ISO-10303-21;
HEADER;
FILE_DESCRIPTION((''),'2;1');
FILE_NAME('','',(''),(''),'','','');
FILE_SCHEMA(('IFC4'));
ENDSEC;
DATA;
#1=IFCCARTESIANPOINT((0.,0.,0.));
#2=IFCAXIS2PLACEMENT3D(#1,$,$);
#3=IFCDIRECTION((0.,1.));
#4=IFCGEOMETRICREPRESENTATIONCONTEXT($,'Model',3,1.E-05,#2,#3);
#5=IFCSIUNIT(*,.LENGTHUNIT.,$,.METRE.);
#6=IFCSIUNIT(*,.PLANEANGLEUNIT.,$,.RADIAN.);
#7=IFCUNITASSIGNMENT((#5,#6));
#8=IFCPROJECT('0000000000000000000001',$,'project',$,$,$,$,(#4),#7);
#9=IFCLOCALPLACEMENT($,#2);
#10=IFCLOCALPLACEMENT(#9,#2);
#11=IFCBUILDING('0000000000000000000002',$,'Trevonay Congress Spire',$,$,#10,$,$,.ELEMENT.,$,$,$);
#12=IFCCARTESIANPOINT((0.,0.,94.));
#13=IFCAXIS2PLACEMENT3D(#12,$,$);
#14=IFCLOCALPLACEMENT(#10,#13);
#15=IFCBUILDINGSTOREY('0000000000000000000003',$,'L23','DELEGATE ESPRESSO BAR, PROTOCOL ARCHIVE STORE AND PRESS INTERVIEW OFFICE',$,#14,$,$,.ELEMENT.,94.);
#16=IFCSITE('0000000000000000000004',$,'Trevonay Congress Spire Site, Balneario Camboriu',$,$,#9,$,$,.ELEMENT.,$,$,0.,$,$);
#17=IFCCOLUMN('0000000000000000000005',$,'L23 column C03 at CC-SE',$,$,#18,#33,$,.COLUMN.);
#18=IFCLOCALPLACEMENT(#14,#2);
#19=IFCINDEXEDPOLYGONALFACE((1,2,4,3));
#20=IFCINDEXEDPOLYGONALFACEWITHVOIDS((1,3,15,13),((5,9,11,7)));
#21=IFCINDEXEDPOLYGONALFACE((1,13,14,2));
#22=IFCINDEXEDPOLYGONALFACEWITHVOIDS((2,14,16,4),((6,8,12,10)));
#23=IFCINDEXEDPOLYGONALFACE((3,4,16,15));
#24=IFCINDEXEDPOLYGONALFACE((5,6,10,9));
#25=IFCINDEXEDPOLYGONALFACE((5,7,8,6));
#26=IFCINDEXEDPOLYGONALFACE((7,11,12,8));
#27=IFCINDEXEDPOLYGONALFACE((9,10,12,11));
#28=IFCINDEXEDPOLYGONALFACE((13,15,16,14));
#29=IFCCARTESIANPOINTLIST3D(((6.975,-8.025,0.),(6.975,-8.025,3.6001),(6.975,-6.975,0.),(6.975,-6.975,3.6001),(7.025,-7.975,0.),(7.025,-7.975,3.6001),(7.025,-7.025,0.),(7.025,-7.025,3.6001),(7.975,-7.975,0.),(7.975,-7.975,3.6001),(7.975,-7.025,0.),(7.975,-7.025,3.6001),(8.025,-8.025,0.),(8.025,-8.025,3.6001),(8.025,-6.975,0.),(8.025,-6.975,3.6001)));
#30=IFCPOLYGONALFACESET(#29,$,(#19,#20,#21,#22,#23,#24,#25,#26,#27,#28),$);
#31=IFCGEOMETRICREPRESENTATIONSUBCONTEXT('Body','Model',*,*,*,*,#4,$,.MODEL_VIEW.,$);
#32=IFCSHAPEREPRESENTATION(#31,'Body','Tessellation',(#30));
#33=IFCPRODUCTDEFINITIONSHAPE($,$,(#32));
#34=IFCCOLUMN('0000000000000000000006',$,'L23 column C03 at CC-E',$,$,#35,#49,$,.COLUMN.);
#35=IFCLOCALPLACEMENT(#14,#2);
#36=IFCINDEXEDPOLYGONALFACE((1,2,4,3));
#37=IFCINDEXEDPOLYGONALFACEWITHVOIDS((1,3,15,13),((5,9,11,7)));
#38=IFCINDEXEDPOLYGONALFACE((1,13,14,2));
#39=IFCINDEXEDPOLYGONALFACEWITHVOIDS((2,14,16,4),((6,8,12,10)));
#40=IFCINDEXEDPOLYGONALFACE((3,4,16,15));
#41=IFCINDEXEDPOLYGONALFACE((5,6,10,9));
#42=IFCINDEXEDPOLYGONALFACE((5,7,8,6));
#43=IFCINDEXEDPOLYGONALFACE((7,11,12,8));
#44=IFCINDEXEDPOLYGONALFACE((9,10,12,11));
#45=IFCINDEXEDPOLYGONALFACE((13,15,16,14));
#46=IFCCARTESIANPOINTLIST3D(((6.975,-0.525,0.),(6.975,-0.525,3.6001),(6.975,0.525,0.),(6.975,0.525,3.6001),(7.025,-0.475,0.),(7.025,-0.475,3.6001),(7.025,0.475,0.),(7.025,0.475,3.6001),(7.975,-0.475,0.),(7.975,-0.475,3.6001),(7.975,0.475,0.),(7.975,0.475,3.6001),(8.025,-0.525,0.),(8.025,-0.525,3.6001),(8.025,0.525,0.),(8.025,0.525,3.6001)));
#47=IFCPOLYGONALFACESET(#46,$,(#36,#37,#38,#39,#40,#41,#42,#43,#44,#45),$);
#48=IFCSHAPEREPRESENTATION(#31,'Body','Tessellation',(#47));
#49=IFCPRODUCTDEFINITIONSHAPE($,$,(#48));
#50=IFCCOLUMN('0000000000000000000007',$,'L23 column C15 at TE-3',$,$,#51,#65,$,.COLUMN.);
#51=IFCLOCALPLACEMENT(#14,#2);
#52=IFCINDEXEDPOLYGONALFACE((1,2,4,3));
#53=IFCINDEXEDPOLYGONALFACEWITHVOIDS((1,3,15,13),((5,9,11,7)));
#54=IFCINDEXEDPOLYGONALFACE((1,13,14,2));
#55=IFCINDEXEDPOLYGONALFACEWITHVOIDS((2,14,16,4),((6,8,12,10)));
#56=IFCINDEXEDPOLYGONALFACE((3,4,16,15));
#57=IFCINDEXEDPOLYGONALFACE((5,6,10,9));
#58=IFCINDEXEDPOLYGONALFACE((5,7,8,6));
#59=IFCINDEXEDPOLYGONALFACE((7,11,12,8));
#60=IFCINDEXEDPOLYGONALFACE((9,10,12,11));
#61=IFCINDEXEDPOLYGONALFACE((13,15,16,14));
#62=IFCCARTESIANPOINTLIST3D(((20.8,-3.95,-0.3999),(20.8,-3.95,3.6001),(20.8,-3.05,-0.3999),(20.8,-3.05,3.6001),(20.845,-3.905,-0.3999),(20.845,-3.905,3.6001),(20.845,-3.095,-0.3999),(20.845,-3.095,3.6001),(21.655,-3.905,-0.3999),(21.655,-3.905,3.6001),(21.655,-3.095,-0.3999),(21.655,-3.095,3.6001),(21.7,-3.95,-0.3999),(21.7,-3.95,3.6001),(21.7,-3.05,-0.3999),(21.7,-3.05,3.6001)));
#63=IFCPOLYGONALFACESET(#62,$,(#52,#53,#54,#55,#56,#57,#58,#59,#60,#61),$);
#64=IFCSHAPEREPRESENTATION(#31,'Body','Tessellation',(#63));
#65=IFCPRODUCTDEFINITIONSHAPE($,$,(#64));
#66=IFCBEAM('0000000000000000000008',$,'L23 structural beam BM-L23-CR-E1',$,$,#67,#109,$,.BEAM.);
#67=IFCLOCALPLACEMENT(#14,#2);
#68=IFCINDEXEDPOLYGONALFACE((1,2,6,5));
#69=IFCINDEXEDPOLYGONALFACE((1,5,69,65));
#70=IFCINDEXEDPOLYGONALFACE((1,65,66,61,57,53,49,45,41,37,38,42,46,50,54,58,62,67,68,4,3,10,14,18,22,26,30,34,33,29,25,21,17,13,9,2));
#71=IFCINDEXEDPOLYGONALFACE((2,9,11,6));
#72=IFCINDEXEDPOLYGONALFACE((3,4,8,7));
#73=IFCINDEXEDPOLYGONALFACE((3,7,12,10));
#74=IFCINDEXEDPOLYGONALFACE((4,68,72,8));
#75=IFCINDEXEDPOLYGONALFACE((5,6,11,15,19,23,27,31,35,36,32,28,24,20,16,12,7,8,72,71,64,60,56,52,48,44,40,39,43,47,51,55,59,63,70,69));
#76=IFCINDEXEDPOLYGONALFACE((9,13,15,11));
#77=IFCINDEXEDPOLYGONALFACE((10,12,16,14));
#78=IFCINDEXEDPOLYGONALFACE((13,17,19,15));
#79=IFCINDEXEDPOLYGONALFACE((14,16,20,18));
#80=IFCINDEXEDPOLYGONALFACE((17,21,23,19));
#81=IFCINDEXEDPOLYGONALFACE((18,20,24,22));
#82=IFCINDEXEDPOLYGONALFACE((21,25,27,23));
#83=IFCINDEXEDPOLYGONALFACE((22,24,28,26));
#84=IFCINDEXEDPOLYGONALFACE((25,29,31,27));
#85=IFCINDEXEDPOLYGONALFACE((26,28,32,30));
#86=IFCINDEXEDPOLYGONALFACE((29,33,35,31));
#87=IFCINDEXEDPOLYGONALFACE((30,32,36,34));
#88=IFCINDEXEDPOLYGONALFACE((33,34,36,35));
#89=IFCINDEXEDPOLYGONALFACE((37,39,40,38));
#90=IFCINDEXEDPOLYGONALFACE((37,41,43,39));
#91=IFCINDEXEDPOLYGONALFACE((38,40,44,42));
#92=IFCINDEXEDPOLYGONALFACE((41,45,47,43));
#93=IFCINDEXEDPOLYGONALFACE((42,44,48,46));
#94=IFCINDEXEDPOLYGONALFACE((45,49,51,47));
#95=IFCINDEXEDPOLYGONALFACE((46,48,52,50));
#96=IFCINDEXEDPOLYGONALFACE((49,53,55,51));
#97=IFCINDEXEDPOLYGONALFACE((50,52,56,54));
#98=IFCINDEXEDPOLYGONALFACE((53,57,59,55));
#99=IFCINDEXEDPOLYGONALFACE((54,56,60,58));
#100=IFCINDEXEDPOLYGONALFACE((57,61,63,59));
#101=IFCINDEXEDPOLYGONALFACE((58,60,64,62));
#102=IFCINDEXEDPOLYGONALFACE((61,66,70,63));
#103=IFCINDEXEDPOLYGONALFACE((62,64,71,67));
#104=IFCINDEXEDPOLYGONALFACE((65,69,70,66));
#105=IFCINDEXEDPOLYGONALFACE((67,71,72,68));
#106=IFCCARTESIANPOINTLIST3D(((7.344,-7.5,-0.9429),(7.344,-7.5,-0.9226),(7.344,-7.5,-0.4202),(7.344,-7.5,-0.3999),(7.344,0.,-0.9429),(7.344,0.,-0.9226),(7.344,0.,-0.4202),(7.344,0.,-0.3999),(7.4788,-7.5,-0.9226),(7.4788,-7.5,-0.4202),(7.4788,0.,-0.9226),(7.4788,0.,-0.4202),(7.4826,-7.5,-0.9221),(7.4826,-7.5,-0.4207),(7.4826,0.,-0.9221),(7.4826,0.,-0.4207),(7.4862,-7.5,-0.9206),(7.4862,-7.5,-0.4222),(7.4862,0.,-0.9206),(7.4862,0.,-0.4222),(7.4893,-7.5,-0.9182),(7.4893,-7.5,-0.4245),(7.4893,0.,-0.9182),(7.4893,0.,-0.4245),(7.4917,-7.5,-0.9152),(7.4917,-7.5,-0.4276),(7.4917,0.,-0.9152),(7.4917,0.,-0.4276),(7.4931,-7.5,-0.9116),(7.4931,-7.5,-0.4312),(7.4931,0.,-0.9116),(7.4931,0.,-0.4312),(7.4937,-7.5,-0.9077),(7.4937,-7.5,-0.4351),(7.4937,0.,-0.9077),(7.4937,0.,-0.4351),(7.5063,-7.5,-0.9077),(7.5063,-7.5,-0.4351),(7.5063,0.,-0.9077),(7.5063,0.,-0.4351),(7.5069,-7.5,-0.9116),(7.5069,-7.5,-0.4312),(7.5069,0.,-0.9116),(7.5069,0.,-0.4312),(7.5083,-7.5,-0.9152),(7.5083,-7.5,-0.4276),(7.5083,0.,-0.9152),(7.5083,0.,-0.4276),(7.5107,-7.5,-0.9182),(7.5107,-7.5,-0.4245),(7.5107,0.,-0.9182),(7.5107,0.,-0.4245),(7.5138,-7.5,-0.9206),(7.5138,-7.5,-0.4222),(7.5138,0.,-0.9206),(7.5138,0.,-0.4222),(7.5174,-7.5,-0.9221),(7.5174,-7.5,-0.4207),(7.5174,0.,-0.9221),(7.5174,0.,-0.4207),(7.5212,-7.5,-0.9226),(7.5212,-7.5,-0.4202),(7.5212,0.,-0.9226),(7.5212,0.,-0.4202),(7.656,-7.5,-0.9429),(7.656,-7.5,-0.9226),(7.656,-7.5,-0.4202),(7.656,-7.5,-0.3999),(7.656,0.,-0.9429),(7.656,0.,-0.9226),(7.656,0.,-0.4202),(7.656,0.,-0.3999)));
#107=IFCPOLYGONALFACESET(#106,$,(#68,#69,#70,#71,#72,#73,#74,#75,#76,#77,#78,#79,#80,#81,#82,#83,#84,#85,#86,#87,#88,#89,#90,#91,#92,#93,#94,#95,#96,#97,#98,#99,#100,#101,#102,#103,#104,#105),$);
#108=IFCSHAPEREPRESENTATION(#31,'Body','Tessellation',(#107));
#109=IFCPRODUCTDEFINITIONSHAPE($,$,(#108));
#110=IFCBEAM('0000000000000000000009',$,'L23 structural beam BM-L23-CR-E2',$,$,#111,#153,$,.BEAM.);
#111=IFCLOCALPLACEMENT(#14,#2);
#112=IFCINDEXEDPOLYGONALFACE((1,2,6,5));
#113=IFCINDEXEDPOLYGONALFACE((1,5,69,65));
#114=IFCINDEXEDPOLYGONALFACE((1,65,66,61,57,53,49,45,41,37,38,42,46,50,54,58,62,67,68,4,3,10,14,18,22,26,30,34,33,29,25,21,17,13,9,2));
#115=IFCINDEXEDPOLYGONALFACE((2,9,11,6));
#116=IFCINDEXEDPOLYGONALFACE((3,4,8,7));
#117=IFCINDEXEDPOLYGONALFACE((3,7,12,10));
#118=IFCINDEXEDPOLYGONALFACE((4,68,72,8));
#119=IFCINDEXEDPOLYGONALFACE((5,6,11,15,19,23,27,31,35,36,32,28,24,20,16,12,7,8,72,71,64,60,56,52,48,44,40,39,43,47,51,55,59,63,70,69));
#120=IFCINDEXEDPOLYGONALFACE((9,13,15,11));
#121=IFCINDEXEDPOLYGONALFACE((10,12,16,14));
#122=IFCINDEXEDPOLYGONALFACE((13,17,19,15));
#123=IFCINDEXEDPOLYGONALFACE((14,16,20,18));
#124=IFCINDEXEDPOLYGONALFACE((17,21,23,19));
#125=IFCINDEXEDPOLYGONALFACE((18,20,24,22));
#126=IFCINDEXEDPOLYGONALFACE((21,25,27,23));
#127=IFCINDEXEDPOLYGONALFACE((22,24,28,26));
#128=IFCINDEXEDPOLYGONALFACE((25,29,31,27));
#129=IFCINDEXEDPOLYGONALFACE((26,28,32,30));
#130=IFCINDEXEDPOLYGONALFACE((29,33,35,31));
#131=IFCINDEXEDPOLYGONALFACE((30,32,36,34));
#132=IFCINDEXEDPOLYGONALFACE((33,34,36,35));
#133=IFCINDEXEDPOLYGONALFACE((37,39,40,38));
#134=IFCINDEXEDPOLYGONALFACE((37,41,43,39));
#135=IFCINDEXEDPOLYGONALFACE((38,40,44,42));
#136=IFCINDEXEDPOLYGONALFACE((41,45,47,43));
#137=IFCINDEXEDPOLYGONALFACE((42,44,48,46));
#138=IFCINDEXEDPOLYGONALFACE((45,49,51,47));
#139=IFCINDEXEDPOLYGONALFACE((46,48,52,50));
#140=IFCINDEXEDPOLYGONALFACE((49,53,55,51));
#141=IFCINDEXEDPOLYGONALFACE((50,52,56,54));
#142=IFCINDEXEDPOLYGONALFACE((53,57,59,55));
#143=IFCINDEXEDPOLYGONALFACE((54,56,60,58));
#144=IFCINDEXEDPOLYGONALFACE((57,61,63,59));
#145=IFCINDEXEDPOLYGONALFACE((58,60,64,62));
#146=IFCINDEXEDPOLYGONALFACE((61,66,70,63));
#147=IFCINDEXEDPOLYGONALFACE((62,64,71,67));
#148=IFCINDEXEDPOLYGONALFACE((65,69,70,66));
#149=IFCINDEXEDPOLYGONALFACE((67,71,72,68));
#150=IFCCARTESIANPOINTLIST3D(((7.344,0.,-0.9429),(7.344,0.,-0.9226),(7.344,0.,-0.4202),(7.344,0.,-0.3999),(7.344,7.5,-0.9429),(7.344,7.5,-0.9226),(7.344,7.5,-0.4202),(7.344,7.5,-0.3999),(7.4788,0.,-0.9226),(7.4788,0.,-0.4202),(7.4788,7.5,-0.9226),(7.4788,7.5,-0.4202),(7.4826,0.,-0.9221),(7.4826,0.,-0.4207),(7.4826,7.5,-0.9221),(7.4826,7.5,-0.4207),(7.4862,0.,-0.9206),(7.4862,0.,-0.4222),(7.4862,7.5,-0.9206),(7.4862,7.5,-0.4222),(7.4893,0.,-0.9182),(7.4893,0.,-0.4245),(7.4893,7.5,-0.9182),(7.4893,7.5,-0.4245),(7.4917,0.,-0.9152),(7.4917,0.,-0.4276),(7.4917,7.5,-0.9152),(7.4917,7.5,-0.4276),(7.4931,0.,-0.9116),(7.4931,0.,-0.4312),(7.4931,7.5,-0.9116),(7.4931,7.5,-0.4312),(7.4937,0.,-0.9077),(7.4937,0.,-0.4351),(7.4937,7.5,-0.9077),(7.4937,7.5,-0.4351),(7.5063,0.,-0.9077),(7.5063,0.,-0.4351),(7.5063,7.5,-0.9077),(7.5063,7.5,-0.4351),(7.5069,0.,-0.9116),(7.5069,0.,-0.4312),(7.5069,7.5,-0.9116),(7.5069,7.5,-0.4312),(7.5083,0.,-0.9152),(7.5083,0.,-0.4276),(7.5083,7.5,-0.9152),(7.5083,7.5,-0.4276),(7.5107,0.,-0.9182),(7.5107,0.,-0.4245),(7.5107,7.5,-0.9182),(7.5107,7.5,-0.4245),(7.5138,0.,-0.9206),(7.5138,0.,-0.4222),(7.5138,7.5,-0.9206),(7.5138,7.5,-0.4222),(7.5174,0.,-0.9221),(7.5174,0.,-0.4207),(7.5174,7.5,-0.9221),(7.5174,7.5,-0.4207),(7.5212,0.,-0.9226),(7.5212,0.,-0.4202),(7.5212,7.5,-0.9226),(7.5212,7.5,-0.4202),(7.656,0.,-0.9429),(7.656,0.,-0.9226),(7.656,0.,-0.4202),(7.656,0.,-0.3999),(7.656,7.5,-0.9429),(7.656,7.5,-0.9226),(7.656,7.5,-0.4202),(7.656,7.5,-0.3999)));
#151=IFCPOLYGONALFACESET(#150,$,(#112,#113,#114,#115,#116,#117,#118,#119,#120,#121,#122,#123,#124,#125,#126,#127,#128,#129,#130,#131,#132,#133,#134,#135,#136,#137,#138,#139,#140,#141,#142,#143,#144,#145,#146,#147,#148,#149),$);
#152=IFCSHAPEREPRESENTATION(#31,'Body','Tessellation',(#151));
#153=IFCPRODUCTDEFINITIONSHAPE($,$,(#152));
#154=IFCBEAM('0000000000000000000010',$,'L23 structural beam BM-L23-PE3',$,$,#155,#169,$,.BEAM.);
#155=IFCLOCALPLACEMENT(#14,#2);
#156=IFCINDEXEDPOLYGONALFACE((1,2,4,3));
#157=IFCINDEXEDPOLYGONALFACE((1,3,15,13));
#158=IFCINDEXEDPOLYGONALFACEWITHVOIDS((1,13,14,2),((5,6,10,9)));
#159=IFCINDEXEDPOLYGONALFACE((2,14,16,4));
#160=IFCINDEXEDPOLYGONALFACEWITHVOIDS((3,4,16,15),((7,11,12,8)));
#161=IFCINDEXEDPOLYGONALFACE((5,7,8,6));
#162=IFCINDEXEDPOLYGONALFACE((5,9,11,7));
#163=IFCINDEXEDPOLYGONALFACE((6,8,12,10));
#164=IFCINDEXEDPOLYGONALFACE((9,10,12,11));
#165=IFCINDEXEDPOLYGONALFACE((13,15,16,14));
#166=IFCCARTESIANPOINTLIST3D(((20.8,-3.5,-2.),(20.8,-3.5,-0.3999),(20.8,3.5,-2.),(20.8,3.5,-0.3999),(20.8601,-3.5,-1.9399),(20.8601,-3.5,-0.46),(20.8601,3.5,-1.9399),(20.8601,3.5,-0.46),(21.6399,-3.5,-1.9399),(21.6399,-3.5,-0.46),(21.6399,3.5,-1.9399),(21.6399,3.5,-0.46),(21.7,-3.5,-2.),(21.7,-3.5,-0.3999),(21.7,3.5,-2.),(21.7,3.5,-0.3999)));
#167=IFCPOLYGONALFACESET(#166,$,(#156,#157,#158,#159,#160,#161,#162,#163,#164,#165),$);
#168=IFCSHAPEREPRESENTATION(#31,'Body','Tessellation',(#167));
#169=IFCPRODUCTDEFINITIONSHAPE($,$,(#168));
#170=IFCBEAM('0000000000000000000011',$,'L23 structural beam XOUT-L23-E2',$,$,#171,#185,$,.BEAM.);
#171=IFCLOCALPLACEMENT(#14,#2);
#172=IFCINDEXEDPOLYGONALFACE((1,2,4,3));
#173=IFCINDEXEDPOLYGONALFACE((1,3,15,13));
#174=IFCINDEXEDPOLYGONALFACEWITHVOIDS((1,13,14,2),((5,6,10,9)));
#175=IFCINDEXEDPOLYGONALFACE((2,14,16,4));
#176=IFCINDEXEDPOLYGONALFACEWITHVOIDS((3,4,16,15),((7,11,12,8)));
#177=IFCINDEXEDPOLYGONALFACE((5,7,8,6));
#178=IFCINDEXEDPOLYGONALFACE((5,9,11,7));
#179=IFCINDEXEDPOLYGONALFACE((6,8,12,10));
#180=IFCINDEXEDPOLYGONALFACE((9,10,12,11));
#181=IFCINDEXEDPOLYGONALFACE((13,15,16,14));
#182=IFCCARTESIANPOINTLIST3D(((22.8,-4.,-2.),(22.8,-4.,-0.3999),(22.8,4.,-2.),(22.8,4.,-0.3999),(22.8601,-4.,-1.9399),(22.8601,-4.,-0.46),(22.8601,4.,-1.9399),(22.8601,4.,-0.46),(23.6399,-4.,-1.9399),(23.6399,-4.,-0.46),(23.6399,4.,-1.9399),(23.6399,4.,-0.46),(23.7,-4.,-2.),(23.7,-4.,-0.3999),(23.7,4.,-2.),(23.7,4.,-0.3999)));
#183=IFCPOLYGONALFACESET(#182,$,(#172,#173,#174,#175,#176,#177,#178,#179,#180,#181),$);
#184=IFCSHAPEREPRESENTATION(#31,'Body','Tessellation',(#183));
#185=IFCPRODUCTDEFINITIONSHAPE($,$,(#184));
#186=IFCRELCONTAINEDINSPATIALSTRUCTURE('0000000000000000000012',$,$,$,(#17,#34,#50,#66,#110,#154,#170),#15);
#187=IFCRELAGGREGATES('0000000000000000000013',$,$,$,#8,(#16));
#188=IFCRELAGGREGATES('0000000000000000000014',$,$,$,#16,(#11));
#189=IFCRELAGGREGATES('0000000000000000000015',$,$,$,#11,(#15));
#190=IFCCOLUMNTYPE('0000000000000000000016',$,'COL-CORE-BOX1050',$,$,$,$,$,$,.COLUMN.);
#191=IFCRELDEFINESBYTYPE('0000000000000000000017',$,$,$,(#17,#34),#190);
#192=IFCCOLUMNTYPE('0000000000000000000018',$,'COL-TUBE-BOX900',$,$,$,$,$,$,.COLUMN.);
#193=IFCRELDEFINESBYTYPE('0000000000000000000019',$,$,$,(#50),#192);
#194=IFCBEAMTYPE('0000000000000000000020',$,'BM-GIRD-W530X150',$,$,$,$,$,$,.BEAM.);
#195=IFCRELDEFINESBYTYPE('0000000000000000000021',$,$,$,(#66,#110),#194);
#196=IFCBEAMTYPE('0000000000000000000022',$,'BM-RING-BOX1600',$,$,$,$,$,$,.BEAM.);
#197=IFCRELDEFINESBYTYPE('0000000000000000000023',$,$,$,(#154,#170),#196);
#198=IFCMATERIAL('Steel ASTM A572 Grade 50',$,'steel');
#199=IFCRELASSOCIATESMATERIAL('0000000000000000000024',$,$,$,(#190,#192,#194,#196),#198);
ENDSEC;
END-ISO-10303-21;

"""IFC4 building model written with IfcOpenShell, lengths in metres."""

from ifc_helpers import new_model, si_unit, direction, frame, origin, origin_2d, place, context, subcontext, project, spatial, hollow_rectangle, i_section, extrude, material, material_profile, profile_set, type_object, element, save


model = new_model("IFC4")

# Units and contexts
model_context = context("Model", 3, precision=1e-05, world=origin(), true_north=direction((0.0, 1.0)))
body_context = subcontext(model_context, "Body", "Model", "MODEL_VIEW")
ifc_project = project(units=[si_unit("LENGTHUNIT", "METRE"), si_unit("PLANEANGLEUNIT", "RADIAN")], contexts=[model_context])

# Site, building, storey
site_placement = place(None, origin())
site = spatial("IfcSite", under=ifc_project, at=site_placement, Name="Trevonay Congress Spire Site, Balneario Camboriu", CompositionType="ELEMENT", RefElevation=0.0)
building_placement = place(site_placement, origin())
building = spatial("IfcBuilding", under=site, at=building_placement, Name="Trevonay Congress Spire", CompositionType="ELEMENT")
storey_placement = place(building_placement, frame((0.0, 0.0, 94.0)))
storey = spatial("IfcBuildingStorey", under=building, at=storey_placement, Name="L23", Description="DELEGATE ESPRESSO BAR, PROTOCOL ARCHIVE STORE AND PRESS INTERVIEW OFFICE", CompositionType="ELEMENT", Elevation=94.0)

# Columns
ifc_material_1 = material(Name="Steel ASTM A572 Grade 50", Category="steel")
ifc_material_profile_1 = material_profile(ifc_material_1, hollow_rectangle(XDim=1.05, YDim=1.05, WallThickness=0.05, at=origin_2d()), Name="BOX 1050x1050x50")
ifc_profile_set_1 = profile_set([ifc_material_profile_1], Name="Steel ASTM A572 Grade 50")
column_type_1 = type_object("IfcColumnType", Name="COL-CORE-BOX1050", PredefinedType="COLUMN", material=ifc_profile_set_1)
for number, where, z_axis, x_axis, name in (
    (1, (7.5, -7.5, 0.0), (0.0, 0.0, 1.0), (1.0, 0.0, 0.0), "L23 column C03 at CC-SE"),
    (2, (7.5, 0.0, 0.0), (0.0, 0.0, 1.0), (1.0, 0.0, 0.0), "L23 column C03 at CC-E"),
):
    element("IfcColumn", number, at=place(storey_placement, frame(where, z_axis=z_axis, x_axis=x_axis)), inside=storey, type_object=column_type_1, Name=name, PredefinedType="COLUMN", context=body_context, shape_type="SweptSolid", body=[
        extrude(hollow_rectangle(XDim=1.05, YDim=1.05, WallThickness=0.05, at=origin_2d()), origin(), (0.0, 0.0, 1.0), 3.6001),
    ])
ifc_material_profile_2 = material_profile(ifc_material_1, hollow_rectangle(XDim=0.8999, YDim=0.8999, WallThickness=0.0449, at=origin_2d()), Name="BOX 900x900x45")
ifc_profile_set_2 = profile_set([ifc_material_profile_2], Name="Steel ASTM A572 Grade 50")
column_type_2 = type_object("IfcColumnType", Name="COL-TUBE-BOX900", PredefinedType="COLUMN", material=ifc_profile_set_2)
column_placement = place(storey_placement, frame((21.25, -3.5, -0.3999), z_axis=(0.0, 0.0, 1.0), x_axis=(1.0, 0.0, 0.0)))
element("IfcColumn", 3, at=column_placement, inside=storey, type_object=column_type_2, Name="L23 column C15 at TE-3", PredefinedType="COLUMN", context=body_context, shape_type="SweptSolid", body=[
    extrude(hollow_rectangle(XDim=0.8999, YDim=0.8999, WallThickness=0.0449, at=origin_2d()), origin(), (0.0, 0.0, 1.0), 4.0),
])

# Beams
ifc_material_profile_3 = material_profile(ifc_material_1, i_section(OverallWidth=0.312, OverallDepth=0.543, WebThickness=0.0127, FlangeThickness=0.0203, FilletRadius=0.0149, at=origin_2d()), Name="W530x150")
ifc_profile_set_3 = profile_set([ifc_material_profile_3], Name="Steel ASTM A572 Grade 50")
beam_type_1 = type_object("IfcBeamType", Name="BM-GIRD-W530X150", PredefinedType="BEAM", material=ifc_profile_set_3)
for number, where, z_axis, x_axis, name in (
    (4, (7.5, -7.5, -0.6714), (0.0, 1.0, 0.0), (-1.0, 0.0, 0.0), "L23 structural beam BM-L23-CR-E1"),
    (5, (7.5, 0.0, -0.6714), (0.0, 1.0, 0.0), (-1.0, 0.0, 0.0), "L23 structural beam BM-L23-CR-E2"),
):
    element("IfcBeam", number, at=place(storey_placement, frame(where, z_axis=z_axis, x_axis=x_axis)), inside=storey, type_object=beam_type_1, Name=name, PredefinedType="BEAM", context=body_context, shape_type="SweptSolid", body=[
        extrude(i_section(OverallWidth=0.312, OverallDepth=0.543, WebThickness=0.0127, FlangeThickness=0.0203, FilletRadius=0.0149, at=origin_2d()), origin(), (0.0, 0.0, 1.0), 7.5),
    ])
ifc_material_profile_4 = material_profile(ifc_material_1, hollow_rectangle(XDim=0.8999, YDim=1.6001, WallThickness=0.0601, at=origin_2d()), Name="BOX 1600x900x60")
ifc_profile_set_4 = profile_set([ifc_material_profile_4], Name="Steel ASTM A572 Grade 50")
beam_type_2 = type_object("IfcBeamType", Name="BM-RING-BOX1600", PredefinedType="BEAM", material=ifc_profile_set_4)
beam_1_placement = place(storey_placement, frame((21.25, -3.5, -1.2), z_axis=(0.0, 1.0, 0.0), x_axis=(-1.0, 0.0, 0.0)))
element("IfcBeam", 6, at=beam_1_placement, inside=storey, type_object=beam_type_2, Name="L23 structural beam BM-L23-PE3", PredefinedType="BEAM", context=body_context, shape_type="SweptSolid", body=[
    extrude(hollow_rectangle(XDim=0.8999, YDim=1.6001, WallThickness=0.0601, at=origin_2d()), origin(), (0.0, 0.0, 1.0), 7.0),
])
beam_2_placement = place(storey_placement, frame((23.25, -4.0, -1.2), z_axis=(0.0, 1.0, 0.0), x_axis=(-1.0, 0.0, 0.0)))
element("IfcBeam", 7, at=beam_2_placement, inside=storey, type_object=beam_type_2, Name="L23 structural beam XOUT-L23-E2", PredefinedType="BEAM", context=body_context, shape_type="SweptSolid", body=[
    extrude(hollow_rectangle(XDim=0.8999, YDim=1.6001, WallThickness=0.0601, at=origin_2d()), origin(), (0.0, 0.0, 1.0), 8.0),
])

save(model, "model.ifc")
